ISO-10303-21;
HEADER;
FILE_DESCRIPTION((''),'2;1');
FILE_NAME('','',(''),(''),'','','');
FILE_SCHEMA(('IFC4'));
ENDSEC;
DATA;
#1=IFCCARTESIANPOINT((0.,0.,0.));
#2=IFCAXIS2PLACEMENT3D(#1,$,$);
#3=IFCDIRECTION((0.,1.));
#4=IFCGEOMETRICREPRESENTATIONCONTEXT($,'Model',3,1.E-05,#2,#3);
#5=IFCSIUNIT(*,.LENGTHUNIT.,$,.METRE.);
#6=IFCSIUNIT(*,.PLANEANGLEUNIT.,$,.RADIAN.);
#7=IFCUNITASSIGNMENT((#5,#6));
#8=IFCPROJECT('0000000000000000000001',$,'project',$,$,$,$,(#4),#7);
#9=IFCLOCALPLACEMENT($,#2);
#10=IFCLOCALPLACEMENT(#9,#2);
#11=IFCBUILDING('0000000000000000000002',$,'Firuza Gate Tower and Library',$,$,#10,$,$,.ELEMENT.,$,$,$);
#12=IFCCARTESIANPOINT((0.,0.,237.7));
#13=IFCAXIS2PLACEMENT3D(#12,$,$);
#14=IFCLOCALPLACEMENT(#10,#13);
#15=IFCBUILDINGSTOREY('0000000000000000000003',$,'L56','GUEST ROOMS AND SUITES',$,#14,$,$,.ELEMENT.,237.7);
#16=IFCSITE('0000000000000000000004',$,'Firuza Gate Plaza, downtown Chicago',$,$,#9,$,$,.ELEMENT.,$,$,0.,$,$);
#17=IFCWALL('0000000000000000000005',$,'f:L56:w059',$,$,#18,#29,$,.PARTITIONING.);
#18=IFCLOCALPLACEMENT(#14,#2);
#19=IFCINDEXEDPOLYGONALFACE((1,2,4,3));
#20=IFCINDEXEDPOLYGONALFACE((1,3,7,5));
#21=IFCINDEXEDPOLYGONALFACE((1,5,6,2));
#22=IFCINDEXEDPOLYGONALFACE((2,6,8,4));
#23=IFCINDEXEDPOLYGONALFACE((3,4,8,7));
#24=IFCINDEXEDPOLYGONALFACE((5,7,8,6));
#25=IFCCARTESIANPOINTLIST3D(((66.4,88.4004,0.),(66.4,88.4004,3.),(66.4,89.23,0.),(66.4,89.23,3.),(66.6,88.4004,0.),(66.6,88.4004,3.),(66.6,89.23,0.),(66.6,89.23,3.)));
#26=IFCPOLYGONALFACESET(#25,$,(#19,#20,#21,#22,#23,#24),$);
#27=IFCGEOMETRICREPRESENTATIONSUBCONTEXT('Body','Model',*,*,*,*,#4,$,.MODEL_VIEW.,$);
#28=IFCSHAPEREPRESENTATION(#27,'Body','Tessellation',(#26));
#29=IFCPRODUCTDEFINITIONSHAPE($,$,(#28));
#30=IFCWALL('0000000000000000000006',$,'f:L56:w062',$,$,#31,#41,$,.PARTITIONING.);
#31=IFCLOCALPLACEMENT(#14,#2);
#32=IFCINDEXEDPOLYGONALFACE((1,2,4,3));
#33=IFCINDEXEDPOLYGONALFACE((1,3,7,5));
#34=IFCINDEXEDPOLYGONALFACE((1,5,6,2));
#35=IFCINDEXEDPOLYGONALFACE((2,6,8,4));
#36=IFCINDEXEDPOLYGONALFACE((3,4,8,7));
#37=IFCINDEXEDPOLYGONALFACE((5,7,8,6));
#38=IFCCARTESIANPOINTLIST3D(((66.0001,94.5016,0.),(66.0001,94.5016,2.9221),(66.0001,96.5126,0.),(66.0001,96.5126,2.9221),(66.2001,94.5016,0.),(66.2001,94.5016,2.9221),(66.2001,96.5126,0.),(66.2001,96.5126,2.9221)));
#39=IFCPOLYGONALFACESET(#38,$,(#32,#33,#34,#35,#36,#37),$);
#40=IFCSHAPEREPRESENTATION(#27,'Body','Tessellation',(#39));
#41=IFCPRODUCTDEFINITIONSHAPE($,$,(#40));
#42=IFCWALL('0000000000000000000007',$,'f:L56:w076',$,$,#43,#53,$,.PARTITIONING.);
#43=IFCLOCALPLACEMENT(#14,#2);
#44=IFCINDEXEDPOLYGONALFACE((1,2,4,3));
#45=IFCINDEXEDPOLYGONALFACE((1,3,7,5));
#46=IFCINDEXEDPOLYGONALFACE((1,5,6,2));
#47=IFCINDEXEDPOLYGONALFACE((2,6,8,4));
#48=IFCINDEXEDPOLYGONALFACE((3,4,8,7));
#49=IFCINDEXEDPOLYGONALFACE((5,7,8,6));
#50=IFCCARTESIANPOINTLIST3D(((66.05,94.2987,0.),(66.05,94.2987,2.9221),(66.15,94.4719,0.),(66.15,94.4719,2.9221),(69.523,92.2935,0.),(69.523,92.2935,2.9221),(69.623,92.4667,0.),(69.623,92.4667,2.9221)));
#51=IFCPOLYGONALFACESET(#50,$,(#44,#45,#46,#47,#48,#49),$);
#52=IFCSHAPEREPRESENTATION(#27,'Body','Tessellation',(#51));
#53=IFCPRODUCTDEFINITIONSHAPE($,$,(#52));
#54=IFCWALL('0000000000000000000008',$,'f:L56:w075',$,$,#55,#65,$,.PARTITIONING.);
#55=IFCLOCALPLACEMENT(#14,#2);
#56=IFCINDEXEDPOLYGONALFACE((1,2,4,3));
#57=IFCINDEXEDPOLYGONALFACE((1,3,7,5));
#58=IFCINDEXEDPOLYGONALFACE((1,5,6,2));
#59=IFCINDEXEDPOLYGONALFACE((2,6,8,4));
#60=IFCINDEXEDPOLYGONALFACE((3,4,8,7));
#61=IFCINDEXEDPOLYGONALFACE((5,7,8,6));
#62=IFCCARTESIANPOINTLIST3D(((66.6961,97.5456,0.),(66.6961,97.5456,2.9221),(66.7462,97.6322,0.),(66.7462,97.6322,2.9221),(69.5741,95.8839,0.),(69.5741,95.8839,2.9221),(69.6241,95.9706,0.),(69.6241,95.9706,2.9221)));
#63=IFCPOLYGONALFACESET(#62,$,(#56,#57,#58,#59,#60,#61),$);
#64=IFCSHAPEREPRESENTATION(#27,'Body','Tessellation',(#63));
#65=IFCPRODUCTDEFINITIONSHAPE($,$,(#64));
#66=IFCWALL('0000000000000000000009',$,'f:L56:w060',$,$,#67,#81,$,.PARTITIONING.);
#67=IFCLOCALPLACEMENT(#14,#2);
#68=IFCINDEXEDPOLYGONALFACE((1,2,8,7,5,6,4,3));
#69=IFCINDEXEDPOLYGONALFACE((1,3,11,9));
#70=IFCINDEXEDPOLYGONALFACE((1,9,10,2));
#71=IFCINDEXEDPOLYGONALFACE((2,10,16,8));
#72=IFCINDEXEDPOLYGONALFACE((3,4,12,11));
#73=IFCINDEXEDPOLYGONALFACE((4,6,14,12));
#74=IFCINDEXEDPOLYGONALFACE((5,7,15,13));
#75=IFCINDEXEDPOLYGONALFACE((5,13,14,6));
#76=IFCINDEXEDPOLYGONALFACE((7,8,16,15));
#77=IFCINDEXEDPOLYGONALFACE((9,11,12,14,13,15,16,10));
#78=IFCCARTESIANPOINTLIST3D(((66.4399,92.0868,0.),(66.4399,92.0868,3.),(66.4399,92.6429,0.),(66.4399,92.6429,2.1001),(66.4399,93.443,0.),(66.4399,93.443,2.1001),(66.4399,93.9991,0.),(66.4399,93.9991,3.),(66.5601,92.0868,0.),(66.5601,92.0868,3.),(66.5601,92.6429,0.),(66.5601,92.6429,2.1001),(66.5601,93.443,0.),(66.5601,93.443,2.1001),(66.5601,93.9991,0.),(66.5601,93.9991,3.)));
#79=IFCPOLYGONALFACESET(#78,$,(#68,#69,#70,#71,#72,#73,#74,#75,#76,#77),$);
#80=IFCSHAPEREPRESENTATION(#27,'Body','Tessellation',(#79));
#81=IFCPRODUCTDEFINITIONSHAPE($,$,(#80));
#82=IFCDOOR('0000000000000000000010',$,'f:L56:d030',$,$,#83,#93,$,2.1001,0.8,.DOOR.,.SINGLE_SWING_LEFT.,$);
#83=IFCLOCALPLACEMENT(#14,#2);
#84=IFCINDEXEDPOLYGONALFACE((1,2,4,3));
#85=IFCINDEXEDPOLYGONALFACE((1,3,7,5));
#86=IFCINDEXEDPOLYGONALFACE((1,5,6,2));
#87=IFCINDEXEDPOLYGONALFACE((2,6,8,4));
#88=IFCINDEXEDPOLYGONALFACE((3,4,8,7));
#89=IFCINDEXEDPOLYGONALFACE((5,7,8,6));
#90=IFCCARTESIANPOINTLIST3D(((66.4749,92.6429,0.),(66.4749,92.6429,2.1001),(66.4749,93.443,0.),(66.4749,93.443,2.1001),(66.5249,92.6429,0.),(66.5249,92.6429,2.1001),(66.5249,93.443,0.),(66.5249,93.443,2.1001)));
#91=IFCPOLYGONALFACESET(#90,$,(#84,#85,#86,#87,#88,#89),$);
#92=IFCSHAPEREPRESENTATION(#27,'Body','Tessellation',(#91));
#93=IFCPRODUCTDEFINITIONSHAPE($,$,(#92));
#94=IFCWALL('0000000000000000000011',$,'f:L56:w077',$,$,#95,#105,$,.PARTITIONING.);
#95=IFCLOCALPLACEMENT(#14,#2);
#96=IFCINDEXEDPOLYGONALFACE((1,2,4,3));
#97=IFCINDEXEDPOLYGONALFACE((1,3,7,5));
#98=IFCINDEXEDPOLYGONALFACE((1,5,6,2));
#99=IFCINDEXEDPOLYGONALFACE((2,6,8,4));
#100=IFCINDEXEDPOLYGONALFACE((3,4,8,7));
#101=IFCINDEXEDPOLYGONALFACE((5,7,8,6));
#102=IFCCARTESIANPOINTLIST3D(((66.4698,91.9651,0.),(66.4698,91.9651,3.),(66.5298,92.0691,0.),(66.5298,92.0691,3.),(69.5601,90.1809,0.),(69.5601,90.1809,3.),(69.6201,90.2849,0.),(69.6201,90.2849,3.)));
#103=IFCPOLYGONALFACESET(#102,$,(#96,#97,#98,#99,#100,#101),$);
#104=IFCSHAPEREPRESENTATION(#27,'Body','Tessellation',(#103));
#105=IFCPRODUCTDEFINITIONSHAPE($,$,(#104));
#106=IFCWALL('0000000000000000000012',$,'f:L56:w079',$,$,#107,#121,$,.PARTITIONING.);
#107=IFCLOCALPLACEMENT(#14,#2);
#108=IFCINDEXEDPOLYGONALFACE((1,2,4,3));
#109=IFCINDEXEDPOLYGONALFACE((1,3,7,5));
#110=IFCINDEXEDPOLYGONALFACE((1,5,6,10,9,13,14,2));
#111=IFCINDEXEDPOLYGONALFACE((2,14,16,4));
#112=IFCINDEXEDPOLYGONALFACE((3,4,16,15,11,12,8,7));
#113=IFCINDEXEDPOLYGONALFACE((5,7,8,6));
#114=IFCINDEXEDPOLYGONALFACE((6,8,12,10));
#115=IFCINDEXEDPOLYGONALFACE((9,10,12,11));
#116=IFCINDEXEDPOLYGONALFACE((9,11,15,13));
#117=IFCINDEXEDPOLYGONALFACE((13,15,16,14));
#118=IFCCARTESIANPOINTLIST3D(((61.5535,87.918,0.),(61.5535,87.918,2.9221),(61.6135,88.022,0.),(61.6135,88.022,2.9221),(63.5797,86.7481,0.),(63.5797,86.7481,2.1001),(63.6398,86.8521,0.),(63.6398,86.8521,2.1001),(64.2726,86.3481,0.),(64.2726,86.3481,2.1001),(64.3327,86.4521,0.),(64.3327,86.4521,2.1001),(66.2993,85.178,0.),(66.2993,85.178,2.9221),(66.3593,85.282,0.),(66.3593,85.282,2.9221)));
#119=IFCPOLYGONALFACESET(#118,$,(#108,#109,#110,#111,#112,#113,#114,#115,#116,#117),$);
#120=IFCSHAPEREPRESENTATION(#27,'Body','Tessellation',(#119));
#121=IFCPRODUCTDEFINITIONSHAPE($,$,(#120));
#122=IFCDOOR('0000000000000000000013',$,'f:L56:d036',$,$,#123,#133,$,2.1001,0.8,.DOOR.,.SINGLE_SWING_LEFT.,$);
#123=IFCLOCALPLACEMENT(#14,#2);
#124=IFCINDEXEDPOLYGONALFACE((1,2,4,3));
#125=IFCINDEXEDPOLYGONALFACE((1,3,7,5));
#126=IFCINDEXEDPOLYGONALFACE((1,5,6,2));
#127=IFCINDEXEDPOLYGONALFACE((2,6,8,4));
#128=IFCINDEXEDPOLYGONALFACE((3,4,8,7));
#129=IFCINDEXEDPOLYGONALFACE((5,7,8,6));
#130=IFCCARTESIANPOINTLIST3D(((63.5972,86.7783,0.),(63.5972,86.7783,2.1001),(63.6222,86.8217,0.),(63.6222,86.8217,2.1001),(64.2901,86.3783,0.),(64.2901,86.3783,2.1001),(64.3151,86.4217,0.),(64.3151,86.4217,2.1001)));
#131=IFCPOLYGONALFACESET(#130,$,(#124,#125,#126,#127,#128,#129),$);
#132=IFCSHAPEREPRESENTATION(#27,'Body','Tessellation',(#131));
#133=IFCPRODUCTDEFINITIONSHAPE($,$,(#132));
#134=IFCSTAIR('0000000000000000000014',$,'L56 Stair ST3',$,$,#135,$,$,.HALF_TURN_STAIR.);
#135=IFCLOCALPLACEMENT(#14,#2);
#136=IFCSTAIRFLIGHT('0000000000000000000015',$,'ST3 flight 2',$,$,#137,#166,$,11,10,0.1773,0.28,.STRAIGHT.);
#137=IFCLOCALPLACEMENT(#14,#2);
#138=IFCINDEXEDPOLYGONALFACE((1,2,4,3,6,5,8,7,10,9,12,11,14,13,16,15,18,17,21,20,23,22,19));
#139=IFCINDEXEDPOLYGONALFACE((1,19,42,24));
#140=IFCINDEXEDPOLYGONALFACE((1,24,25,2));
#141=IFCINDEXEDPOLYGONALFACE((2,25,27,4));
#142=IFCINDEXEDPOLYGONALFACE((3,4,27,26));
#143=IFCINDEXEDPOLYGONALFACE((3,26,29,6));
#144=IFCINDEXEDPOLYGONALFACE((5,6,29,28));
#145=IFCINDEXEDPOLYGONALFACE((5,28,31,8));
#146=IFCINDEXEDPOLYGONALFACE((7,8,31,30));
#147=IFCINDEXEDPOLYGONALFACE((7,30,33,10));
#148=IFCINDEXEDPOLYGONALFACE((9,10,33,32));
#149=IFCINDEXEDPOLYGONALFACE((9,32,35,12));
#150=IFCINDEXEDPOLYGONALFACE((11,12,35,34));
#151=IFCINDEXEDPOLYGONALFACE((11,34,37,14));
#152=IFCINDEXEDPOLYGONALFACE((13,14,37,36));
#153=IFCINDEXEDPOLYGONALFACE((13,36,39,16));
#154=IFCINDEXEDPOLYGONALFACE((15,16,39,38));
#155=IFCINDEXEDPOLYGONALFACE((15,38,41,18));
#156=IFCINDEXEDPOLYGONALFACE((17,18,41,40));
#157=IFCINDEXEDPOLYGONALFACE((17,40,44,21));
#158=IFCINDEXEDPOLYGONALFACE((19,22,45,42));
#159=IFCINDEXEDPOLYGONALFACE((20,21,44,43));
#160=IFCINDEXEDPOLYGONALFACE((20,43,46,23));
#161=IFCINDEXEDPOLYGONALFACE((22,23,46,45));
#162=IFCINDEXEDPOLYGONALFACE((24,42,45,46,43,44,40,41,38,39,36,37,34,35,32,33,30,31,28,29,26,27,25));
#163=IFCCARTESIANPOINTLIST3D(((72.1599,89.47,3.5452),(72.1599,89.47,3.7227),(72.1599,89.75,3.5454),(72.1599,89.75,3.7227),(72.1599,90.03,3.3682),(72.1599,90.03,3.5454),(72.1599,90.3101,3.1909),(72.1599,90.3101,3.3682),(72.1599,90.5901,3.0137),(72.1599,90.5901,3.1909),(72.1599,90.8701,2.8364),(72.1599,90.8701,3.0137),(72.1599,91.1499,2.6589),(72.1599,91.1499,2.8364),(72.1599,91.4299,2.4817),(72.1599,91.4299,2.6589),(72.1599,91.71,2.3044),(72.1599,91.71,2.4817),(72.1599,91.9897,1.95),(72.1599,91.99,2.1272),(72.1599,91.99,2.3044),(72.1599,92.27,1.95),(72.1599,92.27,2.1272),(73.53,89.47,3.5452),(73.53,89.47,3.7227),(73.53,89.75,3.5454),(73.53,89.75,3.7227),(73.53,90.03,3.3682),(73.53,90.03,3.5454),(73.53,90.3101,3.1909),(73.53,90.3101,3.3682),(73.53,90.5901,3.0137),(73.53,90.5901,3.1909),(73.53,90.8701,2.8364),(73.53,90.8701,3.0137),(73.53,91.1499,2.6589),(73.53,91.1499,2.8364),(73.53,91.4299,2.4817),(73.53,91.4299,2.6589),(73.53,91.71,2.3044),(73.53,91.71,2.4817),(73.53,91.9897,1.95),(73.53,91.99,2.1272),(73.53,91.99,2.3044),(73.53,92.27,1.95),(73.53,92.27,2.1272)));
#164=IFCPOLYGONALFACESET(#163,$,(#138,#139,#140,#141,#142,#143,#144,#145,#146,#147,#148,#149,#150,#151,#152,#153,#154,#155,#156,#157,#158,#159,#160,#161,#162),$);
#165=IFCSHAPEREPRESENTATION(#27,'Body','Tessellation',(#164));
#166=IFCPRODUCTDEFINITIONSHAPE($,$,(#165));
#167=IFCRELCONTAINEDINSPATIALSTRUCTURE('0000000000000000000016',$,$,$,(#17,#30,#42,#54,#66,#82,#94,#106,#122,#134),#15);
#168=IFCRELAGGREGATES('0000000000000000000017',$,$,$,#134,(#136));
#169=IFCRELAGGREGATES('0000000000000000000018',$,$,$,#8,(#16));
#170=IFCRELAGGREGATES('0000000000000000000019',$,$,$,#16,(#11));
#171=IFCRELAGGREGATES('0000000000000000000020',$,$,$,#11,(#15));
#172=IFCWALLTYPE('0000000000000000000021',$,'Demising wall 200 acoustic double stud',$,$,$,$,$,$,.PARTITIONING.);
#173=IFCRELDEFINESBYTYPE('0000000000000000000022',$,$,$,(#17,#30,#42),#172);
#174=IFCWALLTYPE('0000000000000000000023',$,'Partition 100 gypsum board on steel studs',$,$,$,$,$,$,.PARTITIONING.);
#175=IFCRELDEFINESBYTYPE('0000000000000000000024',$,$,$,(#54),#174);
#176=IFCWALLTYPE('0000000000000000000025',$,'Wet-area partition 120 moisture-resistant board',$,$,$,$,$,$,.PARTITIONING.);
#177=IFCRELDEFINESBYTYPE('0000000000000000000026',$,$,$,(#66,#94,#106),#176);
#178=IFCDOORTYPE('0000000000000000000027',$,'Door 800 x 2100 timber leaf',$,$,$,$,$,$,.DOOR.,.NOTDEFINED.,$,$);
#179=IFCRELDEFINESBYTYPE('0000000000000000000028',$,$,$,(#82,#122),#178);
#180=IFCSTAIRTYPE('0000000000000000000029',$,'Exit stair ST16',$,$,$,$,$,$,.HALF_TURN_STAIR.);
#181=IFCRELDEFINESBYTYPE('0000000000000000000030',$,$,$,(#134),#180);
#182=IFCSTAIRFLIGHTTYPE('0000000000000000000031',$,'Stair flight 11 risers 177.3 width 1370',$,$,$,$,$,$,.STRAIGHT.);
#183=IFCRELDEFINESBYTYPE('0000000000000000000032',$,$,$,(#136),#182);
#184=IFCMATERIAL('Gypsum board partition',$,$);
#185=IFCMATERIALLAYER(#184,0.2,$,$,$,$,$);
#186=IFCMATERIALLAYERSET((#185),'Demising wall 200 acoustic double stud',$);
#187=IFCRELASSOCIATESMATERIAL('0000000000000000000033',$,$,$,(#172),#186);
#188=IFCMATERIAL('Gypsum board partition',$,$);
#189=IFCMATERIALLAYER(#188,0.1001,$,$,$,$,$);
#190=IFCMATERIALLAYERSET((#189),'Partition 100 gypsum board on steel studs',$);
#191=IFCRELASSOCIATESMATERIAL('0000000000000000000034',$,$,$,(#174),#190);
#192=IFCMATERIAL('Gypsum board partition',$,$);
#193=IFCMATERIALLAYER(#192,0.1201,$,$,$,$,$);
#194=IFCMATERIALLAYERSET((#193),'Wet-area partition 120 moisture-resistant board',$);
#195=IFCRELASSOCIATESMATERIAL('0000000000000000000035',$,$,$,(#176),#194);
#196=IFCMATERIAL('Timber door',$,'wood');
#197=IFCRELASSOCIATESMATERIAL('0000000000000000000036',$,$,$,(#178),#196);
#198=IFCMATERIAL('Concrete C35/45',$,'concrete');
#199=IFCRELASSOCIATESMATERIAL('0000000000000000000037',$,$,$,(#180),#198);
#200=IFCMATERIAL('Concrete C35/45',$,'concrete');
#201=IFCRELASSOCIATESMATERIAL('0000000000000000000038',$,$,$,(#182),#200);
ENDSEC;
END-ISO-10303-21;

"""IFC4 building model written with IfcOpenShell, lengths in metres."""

from ifc_helpers import new_model, si_unit, direction, frame, frame_2d, origin, place, context, subcontext, project, spatial, polyline, rectangle, outline, extrude, material, layer, layer_set, type_object, element, fill, aggregate, save


model = new_model("IFC4")

# Units and contexts
model_context = context("Model", 3, precision=1e-05, world=origin(), true_north=direction((0.0, 1.0)))
body_context = subcontext(model_context, "Body", "Model", "MODEL_VIEW")
ifc_project = project(units=[si_unit("LENGTHUNIT", "METRE"), si_unit("PLANEANGLEUNIT", "RADIAN")], contexts=[model_context])

# Site, building, storey
site_placement = place(None, origin())
site = spatial("IfcSite", under=ifc_project, at=site_placement, Name="Firuza Gate Plaza, downtown Chicago", CompositionType="ELEMENT", RefElevation=0.0)
building_placement = place(site_placement, origin())
building = spatial("IfcBuilding", under=site, at=building_placement, Name="Firuza Gate Tower and Library", CompositionType="ELEMENT")
storey_placement = place(building_placement, frame((0.0, 0.0, 237.7)))
storey = spatial("IfcBuildingStorey", under=building, at=storey_placement, Name="L56", Description="GUEST ROOMS AND SUITES", CompositionType="ELEMENT", Elevation=237.7)

# Shared definitions
placement = place(storey_placement, origin())

# Walls
ifc_material_1 = material(Name="Gypsum board partition")
ifc_layer_1 = layer(ifc_material_1, 0.2)
ifc_layer_set_1 = layer_set([ifc_layer_1], Name="Demising wall 200 acoustic double stud")
wall_type_1 = type_object("IfcWallType", Name="Demising wall 200 acoustic double stud", PredefinedType="PARTITIONING", material=ifc_layer_set_1)
wall_1_placement = place(storey_placement, frame((66.5, 88.4004, 0.0), z_axis=(0.0, 0.0, 1.0), x_axis=(0.0, 1.0, 0.0)))
element("IfcWall", 1, at=wall_1_placement, inside=storey, type_object=wall_type_1, Name="f:L56:w059", PredefinedType="PARTITIONING", context=body_context, shape_type="SweptSolid", body=[
    extrude(rectangle(XDim=0.8296, YDim=0.2, at=frame_2d((0.4148, 0.0))), origin(), (0.0, 0.0, 1.0), 3.0),
])
wall_2_placement = place(storey_placement, frame((66.1001, 94.5017, 0.0), z_axis=(0.0, 0.0, 1.0), x_axis=(0.0, 1.0, 0.0)))
element("IfcWall", 2, at=wall_2_placement, inside=storey, type_object=wall_type_1, Name="f:L56:w062", PredefinedType="PARTITIONING", context=body_context, shape_type="SweptSolid", body=[
    extrude(rectangle(XDim=2.011, YDim=0.2, at=frame_2d((1.0054, 0.0))), origin(), (0.0, 0.0, 1.0), 2.9221),
])
wall_3_placement = place(storey_placement, frame((69.573, 92.3801, 0.0), z_axis=(0.0, 0.0, 1.0), x_axis=(-0.86602, 0.500009, 0.0)))
element("IfcWall", 3, at=wall_3_placement, inside=storey, type_object=wall_type_1, Name="f:L56:w076", PredefinedType="PARTITIONING", context=body_context, shape_type="SweptSolid", body=[
    extrude(rectangle(XDim=4.0103, YDim=0.2, at=frame_2d((2.0051, 0.0))), origin(), (0.0, 0.0, 1.0), 2.9221),
])
ifc_material_2 = material(Name="Gypsum board partition")
ifc_layer_2 = layer(ifc_material_2, 0.1001)
ifc_layer_set_2 = layer_set([ifc_layer_2], Name="Partition 100 gypsum board on steel studs")
wall_type_2 = type_object("IfcWallType", Name="Partition 100 gypsum board on steel studs", PredefinedType="PARTITIONING", material=ifc_layer_set_2)
wall_4_placement = place(storey_placement, frame((69.5991, 95.9272, 0.0), z_axis=(0.0, 0.0, 1.0), x_axis=(-0.866019, 0.500011, 0.0)))
element("IfcWall", 4, at=wall_4_placement, inside=storey, type_object=wall_type_2, Name="f:L56:w075", PredefinedType="PARTITIONING", context=body_context, shape_type="SweptSolid", body=[
    extrude(rectangle(XDim=3.3232, YDim=0.1001, at=frame_2d((1.6616, 0.0))), origin(), (0.0, 0.0, 1.0), 2.9221),
])

# Wall, opening, door
ifc_material_3 = material(Name="Gypsum board partition")
ifc_layer_3 = layer(ifc_material_3, 0.1201)
ifc_layer_set_3 = layer_set([ifc_layer_3], Name="Wet-area partition 120 moisture-resistant board")
wall_type_3 = type_object("IfcWallType", Name="Wet-area partition 120 moisture-resistant board", PredefinedType="PARTITIONING", material=ifc_layer_set_3)
wall_5_placement = place(storey_placement, frame((66.5, 93.999, 0.0), z_axis=(0.0, 0.0, 1.0), x_axis=(0.0, -1.0, 0.0)))
wall_5 = element("IfcWall", 5, at=wall_5_placement, inside=storey, type_object=wall_type_3, Name="f:L56:w060", PredefinedType="PARTITIONING", context=body_context, shape_type="SweptSolid", body=[
    extrude(rectangle(XDim=1.9124, YDim=0.1201, at=frame_2d((0.9561, 0.0))), origin(), (0.0, 0.0, 1.0), 3.0),
])
opening_1_placement = place(wall_5_placement, frame((0.5562, 0.0, 0.0)))
opening_1 = element("IfcOpeningElement", 6, at=opening_1_placement, cuts=wall_5, PredefinedType="OPENING", context=body_context, shape_type="SweptSolid", body=[
    extrude(rectangle(XDim=0.8, YDim=2.1001, at=frame_2d((0.3999, 1.05))), frame((0.0, 0.0701, 0.0), z_axis=(0.0, -1.0, 0.0), x_axis=(1.0, 0.0, 0.0)), (0.0, 0.0, 1.0), 0.1401),
])
ifc_material_4 = material(Name="Timber door", Category="wood")
door_type_1 = type_object("IfcDoorType", Name="Door 800 x 2100 timber leaf", OperationType="NOTDEFINED", PredefinedType="DOOR", material=ifc_material_4)
door_1_placement = place(opening_1_placement, origin())
door_1 = element("IfcDoor", 7, at=door_1_placement, inside=storey, type_object=door_type_1, Name="f:L56:d030", OperationType="SINGLE_SWING_LEFT", OverallHeight=2.1001, OverallWidth=0.8, PredefinedType="DOOR", context=body_context, shape_type="SweptSolid", body=[
    extrude(rectangle(XDim=0.8, YDim=2.1001, at=frame_2d((0.3999, 1.05))), frame((0.0, 0.0249, 0.0), z_axis=(0.0, -1.0, 0.0), x_axis=(1.0, 0.0, 0.0)), (0.0, 0.0, 1.0), 0.05),
])
fill(opening_1, door_1)

# Wall
wall_6_placement = place(storey_placement, frame((69.5901, 90.2329, 0.0), z_axis=(0.0, 0.0, 1.0), x_axis=(-0.866028, 0.499995, 0.0)))
element("IfcWall", 8, at=wall_6_placement, inside=storey, type_object=wall_type_3, Name="f:L56:w077", PredefinedType="PARTITIONING", context=body_context, shape_type="SweptSolid", body=[
    extrude(rectangle(XDim=3.5684, YDim=0.1201, at=frame_2d((1.7842, 0.0))), origin(), (0.0, 0.0, 1.0), 3.0),
])

# Wall, opening, door
wall_7_placement = place(storey_placement, frame((61.5835, 87.97, 0.0), z_axis=(0.0, 0.0, 1.0), x_axis=(0.866028, -0.499996, 0.0)))
wall_7 = element("IfcWall", 9, at=wall_7_placement, inside=storey, type_object=wall_type_3, Name="f:L56:w079", PredefinedType="PARTITIONING", context=body_context, shape_type="SweptSolid", body=[
    extrude(rectangle(XDim=5.48, YDim=0.1201, at=frame_2d((2.74, 0.0))), origin(), (0.0, 0.0, 1.0), 2.9221),
])
opening_2_placement = place(wall_7_placement, frame((2.3398, 0.0, 0.0)))
opening_2 = element("IfcOpeningElement", 10, at=opening_2_placement, cuts=wall_7, PredefinedType="OPENING", context=body_context, shape_type="SweptSolid", body=[
    extrude(rectangle(XDim=0.8, YDim=2.1001, at=frame_2d((0.3999, 1.05))), frame((0.0, 0.0701, 0.0), z_axis=(0.0, -1.0, 0.0), x_axis=(1.0, 0.0, 0.0)), (0.0, 0.0, 1.0), 0.1401),
])
door_2_placement = place(opening_2_placement, origin())
door_2 = element("IfcDoor", 11, at=door_2_placement, inside=storey, type_object=door_type_1, Name="f:L56:d036", OperationType="SINGLE_SWING_LEFT", OverallHeight=2.1001, OverallWidth=0.8, PredefinedType="DOOR", context=body_context, shape_type="SweptSolid", body=[
    extrude(rectangle(XDim=0.8, YDim=2.1001, at=frame_2d((0.3999, 1.05))), frame((0.0, 0.0249, 0.0), z_axis=(0.0, -1.0, 0.0), x_axis=(1.0, 0.0, 0.0)), (0.0, 0.0, 1.0), 0.05),
])
fill(opening_2, door_2)

# Stair, stair flight
ifc_material_5 = material(Name="Concrete C35/45", Category="concrete")
stair_type = type_object("IfcStairType", Name="Exit stair ST16", PredefinedType="HALF_TURN_STAIR", material=ifc_material_5)
stair = element("IfcStair", 12, at=placement, inside=storey, type_object=stair_type, Name="L56 Stair ST3", PredefinedType="HALF_TURN_STAIR")
ifc_material_6 = material(Name="Concrete C35/45", Category="concrete")
stair_flight_type = type_object("IfcStairFlightType", Name="Stair flight 11 risers 177.3 width 1370", PredefinedType="STRAIGHT", material=ifc_material_6)
stair_flight_placement = place(storey_placement, frame((72.845, 92.27, 1.95), z_axis=(0.0, 0.0, 1.0), x_axis=(0.0, -1.0, 0.0)))
stair_flight = element("IfcStairFlight", 13, at=stair_flight_placement, type_object=stair_flight_type, Name="ST3 flight 2", NumberOfRisers=11, NumberOfTreads=10, PredefinedType="STRAIGHT", RiserHeight=0.1773, TreadLength=0.28, context=body_context, shape_type="SweptSolid", body=[
    extrude(outline(polyline([(0.0, 0.0), (0.0, 0.1772), (0.28, 0.1772), (0.28, 0.3545), (0.5601, 0.3545), (0.5601, 0.5317), (0.8401, 0.5317), (0.8401, 0.709), (1.1201, 0.709), (1.1201, 0.8865), (1.3999, 0.8865), (1.3999, 1.0637), (1.6799, 1.0637), (1.6799, 1.241), (1.96, 1.241), (1.96, 1.4182), (2.24, 1.4182), (2.24, 1.5955), (2.52, 1.5955), (2.52, 1.7727), (2.8, 1.7727), (2.8, 1.95), (2.8, 1.5952), (0.2803, 0.0), (0.0, 0.0)])), frame((0.0, 0.6851, 0.0), z_axis=(0.0, -1.0, 0.0), x_axis=(1.0, 0.0, 0.0)), (0.0, 0.0, 1.0), 1.3701),
])
aggregate(stair, [stair_flight])

save(model, "model.ifc")
